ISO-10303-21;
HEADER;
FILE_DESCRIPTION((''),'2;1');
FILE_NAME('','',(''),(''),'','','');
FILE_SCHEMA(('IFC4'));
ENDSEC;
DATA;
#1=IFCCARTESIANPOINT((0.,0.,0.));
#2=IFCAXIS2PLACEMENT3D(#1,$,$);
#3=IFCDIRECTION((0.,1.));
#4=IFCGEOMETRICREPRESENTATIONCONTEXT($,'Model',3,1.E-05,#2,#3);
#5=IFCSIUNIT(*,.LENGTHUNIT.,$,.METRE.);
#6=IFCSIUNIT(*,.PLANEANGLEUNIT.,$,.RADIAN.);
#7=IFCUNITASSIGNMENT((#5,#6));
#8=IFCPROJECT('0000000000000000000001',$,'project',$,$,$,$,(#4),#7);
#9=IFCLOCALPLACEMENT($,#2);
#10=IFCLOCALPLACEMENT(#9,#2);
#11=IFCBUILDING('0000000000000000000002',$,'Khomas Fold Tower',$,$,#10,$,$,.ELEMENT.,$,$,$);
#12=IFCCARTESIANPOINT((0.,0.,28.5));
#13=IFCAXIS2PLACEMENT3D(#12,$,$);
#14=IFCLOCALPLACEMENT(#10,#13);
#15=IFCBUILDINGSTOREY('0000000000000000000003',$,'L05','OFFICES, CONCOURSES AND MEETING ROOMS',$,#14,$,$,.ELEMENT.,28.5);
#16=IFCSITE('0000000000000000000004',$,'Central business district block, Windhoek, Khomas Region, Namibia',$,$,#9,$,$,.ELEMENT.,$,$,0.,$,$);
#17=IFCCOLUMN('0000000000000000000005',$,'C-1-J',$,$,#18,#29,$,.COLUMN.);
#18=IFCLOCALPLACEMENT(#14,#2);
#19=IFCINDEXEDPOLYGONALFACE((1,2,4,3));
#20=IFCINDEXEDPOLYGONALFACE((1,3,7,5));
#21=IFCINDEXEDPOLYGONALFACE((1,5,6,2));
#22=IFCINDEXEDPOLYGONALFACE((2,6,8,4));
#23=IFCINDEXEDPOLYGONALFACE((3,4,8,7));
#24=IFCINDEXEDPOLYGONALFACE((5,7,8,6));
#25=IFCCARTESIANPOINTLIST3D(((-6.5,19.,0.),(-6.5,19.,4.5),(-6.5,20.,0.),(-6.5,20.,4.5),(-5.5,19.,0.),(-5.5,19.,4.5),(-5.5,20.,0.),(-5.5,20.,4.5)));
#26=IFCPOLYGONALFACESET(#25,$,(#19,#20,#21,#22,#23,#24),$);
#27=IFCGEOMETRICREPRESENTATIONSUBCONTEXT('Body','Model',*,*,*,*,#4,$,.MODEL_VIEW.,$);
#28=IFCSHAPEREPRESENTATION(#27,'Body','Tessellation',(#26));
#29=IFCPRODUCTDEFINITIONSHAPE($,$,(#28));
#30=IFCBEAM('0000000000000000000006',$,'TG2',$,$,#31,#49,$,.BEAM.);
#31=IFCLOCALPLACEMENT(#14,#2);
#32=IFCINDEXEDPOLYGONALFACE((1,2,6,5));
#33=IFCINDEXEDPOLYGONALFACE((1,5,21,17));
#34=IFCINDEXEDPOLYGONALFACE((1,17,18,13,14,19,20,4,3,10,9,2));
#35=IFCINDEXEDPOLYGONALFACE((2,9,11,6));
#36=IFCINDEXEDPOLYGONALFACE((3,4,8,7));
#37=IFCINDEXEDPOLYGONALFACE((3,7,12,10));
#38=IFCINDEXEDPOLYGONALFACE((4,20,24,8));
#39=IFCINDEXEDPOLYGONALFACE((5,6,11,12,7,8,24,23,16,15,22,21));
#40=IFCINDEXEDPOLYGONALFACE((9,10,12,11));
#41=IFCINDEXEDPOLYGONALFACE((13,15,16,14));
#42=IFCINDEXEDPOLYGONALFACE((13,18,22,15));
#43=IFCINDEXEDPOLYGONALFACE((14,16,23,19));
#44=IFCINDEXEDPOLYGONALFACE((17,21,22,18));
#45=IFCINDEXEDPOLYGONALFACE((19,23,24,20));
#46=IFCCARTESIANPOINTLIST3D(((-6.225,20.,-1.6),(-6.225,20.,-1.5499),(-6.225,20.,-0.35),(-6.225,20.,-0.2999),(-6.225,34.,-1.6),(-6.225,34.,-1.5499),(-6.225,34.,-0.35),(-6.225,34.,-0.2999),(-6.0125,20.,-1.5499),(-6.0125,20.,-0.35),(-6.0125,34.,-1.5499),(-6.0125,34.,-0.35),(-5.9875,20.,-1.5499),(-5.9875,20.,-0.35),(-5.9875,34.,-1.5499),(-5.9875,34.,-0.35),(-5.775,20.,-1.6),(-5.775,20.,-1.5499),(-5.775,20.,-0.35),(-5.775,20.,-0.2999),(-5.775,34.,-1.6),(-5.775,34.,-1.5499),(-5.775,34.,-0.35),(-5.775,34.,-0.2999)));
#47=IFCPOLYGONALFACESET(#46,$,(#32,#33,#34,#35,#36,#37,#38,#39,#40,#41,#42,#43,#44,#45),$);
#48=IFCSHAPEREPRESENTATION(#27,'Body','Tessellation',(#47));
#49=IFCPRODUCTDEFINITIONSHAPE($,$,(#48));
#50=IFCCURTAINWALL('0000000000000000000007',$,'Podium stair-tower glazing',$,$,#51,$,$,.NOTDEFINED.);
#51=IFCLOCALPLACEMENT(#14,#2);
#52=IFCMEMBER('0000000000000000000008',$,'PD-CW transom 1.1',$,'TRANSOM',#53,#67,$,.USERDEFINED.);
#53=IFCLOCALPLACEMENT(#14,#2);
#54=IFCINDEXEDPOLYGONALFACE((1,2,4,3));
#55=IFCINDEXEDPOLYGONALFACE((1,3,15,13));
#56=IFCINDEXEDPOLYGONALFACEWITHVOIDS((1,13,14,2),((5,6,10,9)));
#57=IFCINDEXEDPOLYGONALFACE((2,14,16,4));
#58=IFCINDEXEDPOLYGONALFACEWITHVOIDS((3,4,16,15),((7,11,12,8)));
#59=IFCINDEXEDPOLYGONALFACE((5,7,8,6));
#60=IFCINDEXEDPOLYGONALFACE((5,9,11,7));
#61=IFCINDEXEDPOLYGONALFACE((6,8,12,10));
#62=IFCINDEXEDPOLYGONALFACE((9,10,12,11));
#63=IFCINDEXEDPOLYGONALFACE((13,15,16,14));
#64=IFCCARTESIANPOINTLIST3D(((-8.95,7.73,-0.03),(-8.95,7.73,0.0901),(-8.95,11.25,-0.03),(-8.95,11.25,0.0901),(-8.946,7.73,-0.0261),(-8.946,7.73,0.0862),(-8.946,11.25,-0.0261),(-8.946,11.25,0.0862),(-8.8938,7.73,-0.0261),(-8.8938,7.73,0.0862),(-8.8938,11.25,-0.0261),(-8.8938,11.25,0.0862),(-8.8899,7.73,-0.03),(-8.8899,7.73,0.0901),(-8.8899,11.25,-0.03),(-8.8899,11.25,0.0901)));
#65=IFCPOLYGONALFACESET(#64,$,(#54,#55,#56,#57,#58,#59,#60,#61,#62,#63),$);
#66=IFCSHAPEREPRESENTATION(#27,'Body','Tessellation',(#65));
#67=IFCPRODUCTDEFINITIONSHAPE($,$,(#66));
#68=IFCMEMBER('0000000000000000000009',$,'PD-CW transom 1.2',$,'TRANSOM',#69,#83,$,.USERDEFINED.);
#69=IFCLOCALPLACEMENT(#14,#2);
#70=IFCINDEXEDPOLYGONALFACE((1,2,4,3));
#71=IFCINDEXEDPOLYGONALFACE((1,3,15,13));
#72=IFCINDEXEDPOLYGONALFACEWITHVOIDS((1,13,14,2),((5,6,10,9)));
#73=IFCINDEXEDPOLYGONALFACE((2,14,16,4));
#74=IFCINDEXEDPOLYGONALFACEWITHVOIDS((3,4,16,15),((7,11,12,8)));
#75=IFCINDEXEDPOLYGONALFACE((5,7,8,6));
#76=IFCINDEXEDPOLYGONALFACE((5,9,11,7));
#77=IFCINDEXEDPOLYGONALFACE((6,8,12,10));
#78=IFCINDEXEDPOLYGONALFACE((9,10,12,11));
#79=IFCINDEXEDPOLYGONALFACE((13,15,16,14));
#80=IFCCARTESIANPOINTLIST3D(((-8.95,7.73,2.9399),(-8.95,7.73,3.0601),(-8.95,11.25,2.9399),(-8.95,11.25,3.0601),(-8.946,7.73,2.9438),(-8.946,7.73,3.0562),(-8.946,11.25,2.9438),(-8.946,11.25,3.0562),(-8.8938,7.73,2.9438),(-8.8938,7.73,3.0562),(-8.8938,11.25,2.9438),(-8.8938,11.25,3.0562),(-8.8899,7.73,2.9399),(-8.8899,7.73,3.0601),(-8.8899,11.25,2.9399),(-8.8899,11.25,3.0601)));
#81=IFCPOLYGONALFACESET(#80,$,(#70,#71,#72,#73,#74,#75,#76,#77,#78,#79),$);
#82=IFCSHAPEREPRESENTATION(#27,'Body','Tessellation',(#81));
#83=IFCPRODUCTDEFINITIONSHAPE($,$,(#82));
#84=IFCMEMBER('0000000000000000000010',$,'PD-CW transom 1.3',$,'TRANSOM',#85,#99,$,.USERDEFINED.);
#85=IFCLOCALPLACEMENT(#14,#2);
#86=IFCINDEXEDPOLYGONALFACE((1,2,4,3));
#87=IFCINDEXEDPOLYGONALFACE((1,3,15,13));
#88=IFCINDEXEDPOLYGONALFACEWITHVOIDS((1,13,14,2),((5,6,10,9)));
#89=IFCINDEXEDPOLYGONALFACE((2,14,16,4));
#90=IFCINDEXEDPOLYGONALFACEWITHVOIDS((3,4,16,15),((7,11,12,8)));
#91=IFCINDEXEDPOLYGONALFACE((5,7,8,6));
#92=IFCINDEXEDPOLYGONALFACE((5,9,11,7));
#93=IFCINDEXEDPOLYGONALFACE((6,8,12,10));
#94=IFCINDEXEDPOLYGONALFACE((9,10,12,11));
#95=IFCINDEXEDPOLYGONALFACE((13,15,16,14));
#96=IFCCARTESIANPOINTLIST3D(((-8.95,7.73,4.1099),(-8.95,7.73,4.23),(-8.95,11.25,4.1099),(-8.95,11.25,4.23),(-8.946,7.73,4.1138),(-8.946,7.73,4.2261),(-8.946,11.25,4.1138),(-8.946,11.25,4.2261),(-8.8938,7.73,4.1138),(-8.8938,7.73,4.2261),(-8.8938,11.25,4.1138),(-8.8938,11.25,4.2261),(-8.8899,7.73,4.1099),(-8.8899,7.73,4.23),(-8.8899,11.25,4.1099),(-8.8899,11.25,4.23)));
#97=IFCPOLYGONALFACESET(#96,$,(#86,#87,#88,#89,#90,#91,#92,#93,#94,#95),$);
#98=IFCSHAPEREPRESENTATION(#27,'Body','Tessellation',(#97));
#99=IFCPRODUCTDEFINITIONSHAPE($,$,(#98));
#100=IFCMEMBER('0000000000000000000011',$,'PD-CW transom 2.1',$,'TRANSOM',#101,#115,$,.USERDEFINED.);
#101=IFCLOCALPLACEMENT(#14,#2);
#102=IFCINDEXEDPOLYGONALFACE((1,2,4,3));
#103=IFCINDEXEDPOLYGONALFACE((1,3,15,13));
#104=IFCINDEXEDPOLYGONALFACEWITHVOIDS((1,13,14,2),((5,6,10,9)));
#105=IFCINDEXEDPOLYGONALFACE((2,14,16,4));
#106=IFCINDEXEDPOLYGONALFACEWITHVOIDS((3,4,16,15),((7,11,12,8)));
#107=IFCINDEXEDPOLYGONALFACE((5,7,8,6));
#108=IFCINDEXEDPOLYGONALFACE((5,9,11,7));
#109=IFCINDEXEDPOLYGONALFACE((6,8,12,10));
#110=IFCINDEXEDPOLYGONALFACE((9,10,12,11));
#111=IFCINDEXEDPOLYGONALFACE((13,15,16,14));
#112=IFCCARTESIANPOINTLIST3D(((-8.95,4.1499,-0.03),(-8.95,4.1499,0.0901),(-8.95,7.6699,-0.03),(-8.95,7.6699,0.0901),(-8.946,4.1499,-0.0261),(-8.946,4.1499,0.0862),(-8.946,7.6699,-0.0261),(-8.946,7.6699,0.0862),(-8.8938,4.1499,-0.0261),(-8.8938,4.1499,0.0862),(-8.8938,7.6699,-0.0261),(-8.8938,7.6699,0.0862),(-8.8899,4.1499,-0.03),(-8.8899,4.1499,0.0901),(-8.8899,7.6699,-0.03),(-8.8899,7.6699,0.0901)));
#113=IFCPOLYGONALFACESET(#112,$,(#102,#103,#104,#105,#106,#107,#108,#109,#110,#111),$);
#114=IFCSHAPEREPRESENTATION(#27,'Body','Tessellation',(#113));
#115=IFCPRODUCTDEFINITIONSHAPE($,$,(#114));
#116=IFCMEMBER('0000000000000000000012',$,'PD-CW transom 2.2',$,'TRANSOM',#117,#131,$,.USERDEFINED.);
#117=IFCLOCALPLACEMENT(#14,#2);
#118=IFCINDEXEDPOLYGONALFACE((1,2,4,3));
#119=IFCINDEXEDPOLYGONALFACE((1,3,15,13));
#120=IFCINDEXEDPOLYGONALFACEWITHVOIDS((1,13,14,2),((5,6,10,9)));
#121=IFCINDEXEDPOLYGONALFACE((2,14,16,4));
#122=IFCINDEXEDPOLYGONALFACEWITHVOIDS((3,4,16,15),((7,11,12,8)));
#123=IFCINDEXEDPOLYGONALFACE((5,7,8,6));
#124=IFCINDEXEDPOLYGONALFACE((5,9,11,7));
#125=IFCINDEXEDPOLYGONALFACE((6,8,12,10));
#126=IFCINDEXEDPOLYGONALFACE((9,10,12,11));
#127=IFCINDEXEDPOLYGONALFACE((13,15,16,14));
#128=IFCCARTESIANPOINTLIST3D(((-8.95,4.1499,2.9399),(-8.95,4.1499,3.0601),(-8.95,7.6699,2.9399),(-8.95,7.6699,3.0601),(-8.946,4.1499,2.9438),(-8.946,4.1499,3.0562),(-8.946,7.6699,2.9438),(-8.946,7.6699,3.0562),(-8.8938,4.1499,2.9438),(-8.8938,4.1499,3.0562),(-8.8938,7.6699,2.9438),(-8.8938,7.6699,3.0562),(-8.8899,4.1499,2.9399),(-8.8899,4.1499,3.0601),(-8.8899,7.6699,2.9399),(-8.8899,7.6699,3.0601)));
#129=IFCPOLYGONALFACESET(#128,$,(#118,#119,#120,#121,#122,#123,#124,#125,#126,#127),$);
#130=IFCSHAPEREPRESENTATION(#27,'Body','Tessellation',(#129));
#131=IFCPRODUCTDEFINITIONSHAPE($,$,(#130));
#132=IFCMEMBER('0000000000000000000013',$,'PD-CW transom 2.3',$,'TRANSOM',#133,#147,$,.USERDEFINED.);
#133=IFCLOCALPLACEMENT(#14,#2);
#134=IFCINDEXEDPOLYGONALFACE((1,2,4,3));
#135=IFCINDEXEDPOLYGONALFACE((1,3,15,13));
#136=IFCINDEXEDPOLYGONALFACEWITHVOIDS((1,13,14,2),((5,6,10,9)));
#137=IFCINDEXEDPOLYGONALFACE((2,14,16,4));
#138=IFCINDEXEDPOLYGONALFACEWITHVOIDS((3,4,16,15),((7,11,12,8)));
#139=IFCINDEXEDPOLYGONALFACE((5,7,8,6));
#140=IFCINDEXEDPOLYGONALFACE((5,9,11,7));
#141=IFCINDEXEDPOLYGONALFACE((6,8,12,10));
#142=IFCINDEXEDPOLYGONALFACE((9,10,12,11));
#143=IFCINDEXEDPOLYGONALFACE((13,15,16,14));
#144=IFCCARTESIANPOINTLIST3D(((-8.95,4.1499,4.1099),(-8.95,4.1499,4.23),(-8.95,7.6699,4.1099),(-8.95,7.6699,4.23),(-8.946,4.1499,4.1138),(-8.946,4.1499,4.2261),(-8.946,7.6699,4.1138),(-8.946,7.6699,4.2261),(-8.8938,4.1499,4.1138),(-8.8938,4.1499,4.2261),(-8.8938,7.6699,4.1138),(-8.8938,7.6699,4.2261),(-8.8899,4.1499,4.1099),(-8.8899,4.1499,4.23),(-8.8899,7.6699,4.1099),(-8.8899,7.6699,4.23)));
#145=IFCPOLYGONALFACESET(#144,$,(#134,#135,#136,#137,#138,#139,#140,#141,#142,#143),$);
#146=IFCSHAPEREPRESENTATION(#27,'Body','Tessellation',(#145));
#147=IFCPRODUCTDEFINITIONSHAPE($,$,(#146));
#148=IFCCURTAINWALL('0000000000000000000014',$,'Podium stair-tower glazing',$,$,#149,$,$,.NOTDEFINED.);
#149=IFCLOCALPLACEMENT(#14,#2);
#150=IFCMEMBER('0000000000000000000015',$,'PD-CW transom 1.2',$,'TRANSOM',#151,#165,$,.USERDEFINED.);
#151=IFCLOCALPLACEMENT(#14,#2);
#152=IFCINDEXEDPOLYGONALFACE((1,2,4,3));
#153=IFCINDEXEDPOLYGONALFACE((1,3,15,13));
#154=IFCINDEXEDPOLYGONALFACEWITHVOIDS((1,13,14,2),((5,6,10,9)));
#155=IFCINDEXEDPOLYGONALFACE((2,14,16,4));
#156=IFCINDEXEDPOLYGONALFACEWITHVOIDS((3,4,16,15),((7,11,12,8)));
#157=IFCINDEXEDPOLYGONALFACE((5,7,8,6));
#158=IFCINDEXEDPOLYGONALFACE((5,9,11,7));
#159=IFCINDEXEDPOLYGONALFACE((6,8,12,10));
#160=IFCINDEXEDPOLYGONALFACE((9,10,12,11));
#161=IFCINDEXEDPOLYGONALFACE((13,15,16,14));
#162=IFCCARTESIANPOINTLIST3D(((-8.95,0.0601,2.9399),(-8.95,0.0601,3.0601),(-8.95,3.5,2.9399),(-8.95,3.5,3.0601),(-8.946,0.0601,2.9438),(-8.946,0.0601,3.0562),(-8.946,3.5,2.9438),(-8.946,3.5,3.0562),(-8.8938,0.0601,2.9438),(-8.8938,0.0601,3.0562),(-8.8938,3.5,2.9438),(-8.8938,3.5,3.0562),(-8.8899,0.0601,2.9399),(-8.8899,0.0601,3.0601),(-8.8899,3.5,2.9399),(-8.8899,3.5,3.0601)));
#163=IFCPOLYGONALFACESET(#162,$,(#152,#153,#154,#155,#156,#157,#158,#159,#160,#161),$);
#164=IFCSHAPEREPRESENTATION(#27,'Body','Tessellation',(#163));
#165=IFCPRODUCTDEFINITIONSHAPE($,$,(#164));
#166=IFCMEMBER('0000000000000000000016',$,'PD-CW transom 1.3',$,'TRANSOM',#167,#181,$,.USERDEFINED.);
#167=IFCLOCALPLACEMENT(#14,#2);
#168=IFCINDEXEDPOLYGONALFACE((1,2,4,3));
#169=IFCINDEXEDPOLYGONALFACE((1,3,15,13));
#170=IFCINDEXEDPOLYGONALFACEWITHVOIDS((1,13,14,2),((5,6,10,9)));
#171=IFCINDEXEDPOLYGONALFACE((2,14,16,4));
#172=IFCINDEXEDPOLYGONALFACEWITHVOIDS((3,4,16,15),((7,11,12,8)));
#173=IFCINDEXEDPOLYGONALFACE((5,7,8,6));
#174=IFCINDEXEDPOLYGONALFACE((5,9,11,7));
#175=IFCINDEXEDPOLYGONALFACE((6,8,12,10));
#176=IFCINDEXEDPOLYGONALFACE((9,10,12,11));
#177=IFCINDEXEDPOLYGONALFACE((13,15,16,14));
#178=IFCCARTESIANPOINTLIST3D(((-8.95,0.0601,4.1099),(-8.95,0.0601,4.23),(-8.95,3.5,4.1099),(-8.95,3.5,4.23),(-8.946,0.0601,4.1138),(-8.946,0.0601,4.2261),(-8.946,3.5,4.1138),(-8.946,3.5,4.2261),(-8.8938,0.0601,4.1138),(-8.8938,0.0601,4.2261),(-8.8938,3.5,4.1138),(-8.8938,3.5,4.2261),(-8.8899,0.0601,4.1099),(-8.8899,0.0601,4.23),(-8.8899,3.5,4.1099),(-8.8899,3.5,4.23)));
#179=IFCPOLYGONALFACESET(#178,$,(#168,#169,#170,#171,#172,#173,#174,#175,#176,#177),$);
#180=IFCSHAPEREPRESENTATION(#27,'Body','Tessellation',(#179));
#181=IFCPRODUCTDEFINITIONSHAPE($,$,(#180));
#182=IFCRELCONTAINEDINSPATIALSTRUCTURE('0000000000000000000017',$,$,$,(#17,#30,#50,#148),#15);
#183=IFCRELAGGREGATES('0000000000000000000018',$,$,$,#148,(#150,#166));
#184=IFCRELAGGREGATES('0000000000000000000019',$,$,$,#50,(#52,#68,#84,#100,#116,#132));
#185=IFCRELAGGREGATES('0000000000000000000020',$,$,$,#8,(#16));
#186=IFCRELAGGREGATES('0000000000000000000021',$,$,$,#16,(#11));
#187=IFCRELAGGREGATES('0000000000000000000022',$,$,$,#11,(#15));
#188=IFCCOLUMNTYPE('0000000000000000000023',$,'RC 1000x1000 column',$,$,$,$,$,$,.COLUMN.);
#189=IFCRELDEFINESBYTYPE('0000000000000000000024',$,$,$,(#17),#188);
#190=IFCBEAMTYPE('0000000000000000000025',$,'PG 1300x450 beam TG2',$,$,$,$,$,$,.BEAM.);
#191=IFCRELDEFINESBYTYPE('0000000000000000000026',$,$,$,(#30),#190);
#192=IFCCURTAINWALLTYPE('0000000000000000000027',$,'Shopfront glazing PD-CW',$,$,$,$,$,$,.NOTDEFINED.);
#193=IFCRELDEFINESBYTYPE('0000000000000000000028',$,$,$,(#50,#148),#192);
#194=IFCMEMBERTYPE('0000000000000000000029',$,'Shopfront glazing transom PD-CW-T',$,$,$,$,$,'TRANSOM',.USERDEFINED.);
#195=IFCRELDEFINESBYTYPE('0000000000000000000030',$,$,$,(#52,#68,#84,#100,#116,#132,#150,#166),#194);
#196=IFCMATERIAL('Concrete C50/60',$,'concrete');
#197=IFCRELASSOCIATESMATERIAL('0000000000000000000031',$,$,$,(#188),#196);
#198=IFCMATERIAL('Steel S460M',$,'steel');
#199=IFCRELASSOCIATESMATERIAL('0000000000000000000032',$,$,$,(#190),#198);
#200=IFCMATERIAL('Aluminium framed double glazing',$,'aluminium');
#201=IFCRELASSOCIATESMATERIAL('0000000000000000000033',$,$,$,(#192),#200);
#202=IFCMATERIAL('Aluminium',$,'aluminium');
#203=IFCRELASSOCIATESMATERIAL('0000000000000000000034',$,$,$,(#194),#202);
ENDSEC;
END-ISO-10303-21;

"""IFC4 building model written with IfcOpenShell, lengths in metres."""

from ifc_helpers import new_model, si_unit, direction, frame, origin, origin_2d, place, context, subcontext, project, spatial, rectangle, hollow_rectangle, i_section, extrude, source, transform, mapped, material, material_profile, profile_set, type_object, element, aggregate, save


model = new_model("IFC4")

# Units and contexts
model_context = context("Model", 3, precision=1e-05, world=origin(), true_north=direction((0.0, 1.0)))
body_context = subcontext(model_context, "Body", "Model", "MODEL_VIEW")
ifc_project = project(units=[si_unit("LENGTHUNIT", "METRE"), si_unit("PLANEANGLEUNIT", "RADIAN")], contexts=[model_context])

# Site, building, storey
site_placement = place(None, origin())
site = spatial("IfcSite", under=ifc_project, at=site_placement, Name="Central business district block, Windhoek, Khomas Region, Namibia", CompositionType="ELEMENT", RefElevation=0.0)
building_placement = place(site_placement, origin())
building = spatial("IfcBuilding", under=site, at=building_placement, Name="Khomas Fold Tower", CompositionType="ELEMENT")
storey_placement = place(building_placement, frame((0.0, 0.0, 28.5)))
storey = spatial("IfcBuildingStorey", under=building, at=storey_placement, Name="L05", Description="OFFICES, CONCOURSES AND MEETING ROOMS", CompositionType="ELEMENT", Elevation=28.5)

# Column
ifc_material_1 = material(Name="Concrete C50/60", Category="concrete")
ifc_material_profile_1 = material_profile(ifc_material_1, rectangle(XDim=1.0, YDim=1.0, at=origin_2d()), Name="RC 1000x1000")
ifc_profile_set_1 = profile_set([ifc_material_profile_1], Name="Concrete C50/60")
column_type = type_object("IfcColumnType", Name="RC 1000x1000 column", PredefinedType="COLUMN", material=ifc_profile_set_1)
shared_shape_1 = source(origin(), body_context, "Body", "SweptSolid", [
    extrude(rectangle(XDim=1.0, YDim=1.0, at=origin_2d()), origin(), (0.0, 0.0, 1.0), 4.5),
])
column_placement = place(storey_placement, frame((-6.0, 19.5, 0.0), z_axis=(0.0, 0.0, 1.0), x_axis=(1.0, 0.0, 0.0)))
element("IfcColumn", 1, at=column_placement, inside=storey, type_object=column_type, Name="C-1-J", PredefinedType="COLUMN", context=body_context, shape_type="MappedRepresentation", body=[
    mapped(shared_shape_1, transform((0.0, 0.0, 0.0))),
])

# Beam
ifc_material_2 = material(Name="Steel S460M", Category="steel")
ifc_material_profile_2 = material_profile(ifc_material_2, i_section(OverallWidth=0.45, OverallDepth=1.3, WebThickness=0.0249, FlangeThickness=0.05, at=origin_2d()), Name="PG 1300x450")
ifc_profile_set_2 = profile_set([ifc_material_profile_2], Name="Steel S460M")
beam_type = type_object("IfcBeamType", Name="PG 1300x450 beam TG2", PredefinedType="BEAM", material=ifc_profile_set_2)
shared_shape_2 = source(origin(), body_context, "Body", "SweptSolid", [
    extrude(i_section(OverallWidth=0.45, OverallDepth=1.3, WebThickness=0.0249, FlangeThickness=0.05, at=origin_2d()), origin(), (0.0, 0.0, 1.0), 14.0),
])
beam_placement = place(storey_placement, frame((-6.0, 20.0, -0.95), z_axis=(0.0, 1.0, 0.0), x_axis=(-1.0, 0.0, 0.0)))
element("IfcBeam", 2, at=beam_placement, inside=storey, type_object=beam_type, Name="TG2", PredefinedType="BEAM", context=body_context, shape_type="MappedRepresentation", body=[
    mapped(shared_shape_2, transform((0.0, 0.0, 0.0))),
])

# Curtain walls, members
ifc_material_3 = material(Name="Aluminium framed double glazing", Category="aluminium")
curtain_wall_type = type_object("IfcCurtainWallType", Name="Shopfront glazing PD-CW", PredefinedType="NOTDEFINED", material=ifc_material_3)
curtain_wall_1_placement = place(storey_placement, origin())
curtain_wall_1 = element("IfcCurtainWall", 3, at=curtain_wall_1_placement, inside=storey, type_object=curtain_wall_type, Name="Podium stair-tower glazing", PredefinedType="NOTDEFINED")
ifc_material_4 = material(Name="Aluminium", Category="aluminium")
ifc_material_profile_3 = material_profile(ifc_material_4, hollow_rectangle(XDim=0.0601, YDim=0.1201, WallThickness=0.0039, at=origin_2d()), Name="Shopfront glazing transom PD-CW-T")
ifc_profile_set_3 = profile_set([ifc_material_profile_3], Name="Aluminium")
member_type_1 = type_object("IfcMemberType", Name="Shopfront glazing transom PD-CW-T", ElementType="TRANSOM", PredefinedType="USERDEFINED", material=ifc_profile_set_3)
shared_shape_3 = source(origin(), body_context, "Body", "SweptSolid", [
    extrude(hollow_rectangle(XDim=0.0601, YDim=0.1201, WallThickness=0.0039, at=origin_2d()), origin(), (0.0, 0.0, 1.0), 3.52),
])
member_1_placement = place(storey_placement, frame((-8.9199, 11.25, 0.03), z_axis=(0.0, -1.0, 0.0), x_axis=(1.0, 0.0, 0.0)))
member_1 = element("IfcMember", 4, at=member_1_placement, type_object=member_type_1, Name="PD-CW transom 1.1", ObjectType="TRANSOM", PredefinedType="USERDEFINED", context=body_context, shape_type="MappedRepresentation", body=[
    mapped(shared_shape_3, transform((0.0, 0.0, 0.0))),
])
member_2_placement = place(storey_placement, frame((-8.9199, 11.25, 3.0), z_axis=(0.0, -1.0, 0.0), x_axis=(1.0, 0.0, 0.0)))
member_2 = element("IfcMember", 5, at=member_2_placement, type_object=member_type_1, Name="PD-CW transom 1.2", ObjectType="TRANSOM", PredefinedType="USERDEFINED", context=body_context, shape_type="MappedRepresentation", body=[
    mapped(shared_shape_3, transform((0.0, 0.0, 0.0))),
])
member_3_placement = place(storey_placement, frame((-8.9199, 11.25, 4.1699), z_axis=(0.0, -1.0, 0.0), x_axis=(1.0, 0.0, 0.0)))
member_3 = element("IfcMember", 6, at=member_3_placement, type_object=member_type_1, Name="PD-CW transom 1.3", ObjectType="TRANSOM", PredefinedType="USERDEFINED", context=body_context, shape_type="MappedRepresentation", body=[
    mapped(shared_shape_3, transform((0.0, 0.0, 0.0))),
])
member_4_placement = place(storey_placement, frame((-8.9199, 7.6699, 0.03), z_axis=(0.0, -1.0, 0.0), x_axis=(1.0, 0.0, 0.0)))
member_4 = element("IfcMember", 7, at=member_4_placement, type_object=member_type_1, Name="PD-CW transom 2.1", ObjectType="TRANSOM", PredefinedType="USERDEFINED", context=body_context, shape_type="MappedRepresentation", body=[
    mapped(shared_shape_3, transform((0.0, 0.0, 0.0))),
])
member_5_placement = place(storey_placement, frame((-8.9199, 7.6699, 3.0), z_axis=(0.0, -1.0, 0.0), x_axis=(1.0, 0.0, 0.0)))
member_5 = element("IfcMember", 8, at=member_5_placement, type_object=member_type_1, Name="PD-CW transom 2.2", ObjectType="TRANSOM", PredefinedType="USERDEFINED", context=body_context, shape_type="MappedRepresentation", body=[
    mapped(shared_shape_3, transform((0.0, 0.0, 0.0))),
])
member_6_placement = place(storey_placement, frame((-8.9199, 7.6699, 4.1699), z_axis=(0.0, -1.0, 0.0), x_axis=(1.0, 0.0, 0.0)))
member_6 = element("IfcMember", 9, at=member_6_placement, type_object=member_type_1, Name="PD-CW transom 2.3", ObjectType="TRANSOM", PredefinedType="USERDEFINED", context=body_context, shape_type="MappedRepresentation", body=[
    mapped(shared_shape_3, transform((0.0, 0.0, 0.0))),
])
curtain_wall_2_placement = place(storey_placement, origin())
curtain_wall_2 = element("IfcCurtainWall", 10, at=curtain_wall_2_placement, inside=storey, type_object=curtain_wall_type, Name="Podium stair-tower glazing", PredefinedType="NOTDEFINED")
shared_shape_4 = source(origin(), body_context, "Body", "SweptSolid", [
    extrude(hollow_rectangle(XDim=0.0601, YDim=0.1201, WallThickness=0.0039, at=origin_2d()), origin(), (0.0, 0.0, 1.0), 3.4399),
])
member_7_placement = place(storey_placement, frame((-8.9199, 3.5, 3.0), z_axis=(0.0, -1.0, 0.0), x_axis=(1.0, 0.0, 0.0)))
member_7 = element("IfcMember", 11, at=member_7_placement, type_object=member_type_1, Name="PD-CW transom 1.2", ObjectType="TRANSOM", PredefinedType="USERDEFINED", context=body_context, shape_type="MappedRepresentation", body=[
    mapped(shared_shape_4, transform((0.0, 0.0, 0.0))),
])
member_8_placement = place(storey_placement, frame((-8.9199, 3.5, 4.1699), z_axis=(0.0, -1.0, 0.0), x_axis=(1.0, 0.0, 0.0)))
member_8 = element("IfcMember", 12, at=member_8_placement, type_object=member_type_1, Name="PD-CW transom 1.3", ObjectType="TRANSOM", PredefinedType="USERDEFINED", context=body_context, shape_type="MappedRepresentation", body=[
    mapped(shared_shape_4, transform((0.0, 0.0, 0.0))),
])

aggregate(curtain_wall_2, [member_7, member_8])

aggregate(curtain_wall_1, [member_1, member_2, member_3, member_4, member_5, member_6])

save(model, "model.ifc")
